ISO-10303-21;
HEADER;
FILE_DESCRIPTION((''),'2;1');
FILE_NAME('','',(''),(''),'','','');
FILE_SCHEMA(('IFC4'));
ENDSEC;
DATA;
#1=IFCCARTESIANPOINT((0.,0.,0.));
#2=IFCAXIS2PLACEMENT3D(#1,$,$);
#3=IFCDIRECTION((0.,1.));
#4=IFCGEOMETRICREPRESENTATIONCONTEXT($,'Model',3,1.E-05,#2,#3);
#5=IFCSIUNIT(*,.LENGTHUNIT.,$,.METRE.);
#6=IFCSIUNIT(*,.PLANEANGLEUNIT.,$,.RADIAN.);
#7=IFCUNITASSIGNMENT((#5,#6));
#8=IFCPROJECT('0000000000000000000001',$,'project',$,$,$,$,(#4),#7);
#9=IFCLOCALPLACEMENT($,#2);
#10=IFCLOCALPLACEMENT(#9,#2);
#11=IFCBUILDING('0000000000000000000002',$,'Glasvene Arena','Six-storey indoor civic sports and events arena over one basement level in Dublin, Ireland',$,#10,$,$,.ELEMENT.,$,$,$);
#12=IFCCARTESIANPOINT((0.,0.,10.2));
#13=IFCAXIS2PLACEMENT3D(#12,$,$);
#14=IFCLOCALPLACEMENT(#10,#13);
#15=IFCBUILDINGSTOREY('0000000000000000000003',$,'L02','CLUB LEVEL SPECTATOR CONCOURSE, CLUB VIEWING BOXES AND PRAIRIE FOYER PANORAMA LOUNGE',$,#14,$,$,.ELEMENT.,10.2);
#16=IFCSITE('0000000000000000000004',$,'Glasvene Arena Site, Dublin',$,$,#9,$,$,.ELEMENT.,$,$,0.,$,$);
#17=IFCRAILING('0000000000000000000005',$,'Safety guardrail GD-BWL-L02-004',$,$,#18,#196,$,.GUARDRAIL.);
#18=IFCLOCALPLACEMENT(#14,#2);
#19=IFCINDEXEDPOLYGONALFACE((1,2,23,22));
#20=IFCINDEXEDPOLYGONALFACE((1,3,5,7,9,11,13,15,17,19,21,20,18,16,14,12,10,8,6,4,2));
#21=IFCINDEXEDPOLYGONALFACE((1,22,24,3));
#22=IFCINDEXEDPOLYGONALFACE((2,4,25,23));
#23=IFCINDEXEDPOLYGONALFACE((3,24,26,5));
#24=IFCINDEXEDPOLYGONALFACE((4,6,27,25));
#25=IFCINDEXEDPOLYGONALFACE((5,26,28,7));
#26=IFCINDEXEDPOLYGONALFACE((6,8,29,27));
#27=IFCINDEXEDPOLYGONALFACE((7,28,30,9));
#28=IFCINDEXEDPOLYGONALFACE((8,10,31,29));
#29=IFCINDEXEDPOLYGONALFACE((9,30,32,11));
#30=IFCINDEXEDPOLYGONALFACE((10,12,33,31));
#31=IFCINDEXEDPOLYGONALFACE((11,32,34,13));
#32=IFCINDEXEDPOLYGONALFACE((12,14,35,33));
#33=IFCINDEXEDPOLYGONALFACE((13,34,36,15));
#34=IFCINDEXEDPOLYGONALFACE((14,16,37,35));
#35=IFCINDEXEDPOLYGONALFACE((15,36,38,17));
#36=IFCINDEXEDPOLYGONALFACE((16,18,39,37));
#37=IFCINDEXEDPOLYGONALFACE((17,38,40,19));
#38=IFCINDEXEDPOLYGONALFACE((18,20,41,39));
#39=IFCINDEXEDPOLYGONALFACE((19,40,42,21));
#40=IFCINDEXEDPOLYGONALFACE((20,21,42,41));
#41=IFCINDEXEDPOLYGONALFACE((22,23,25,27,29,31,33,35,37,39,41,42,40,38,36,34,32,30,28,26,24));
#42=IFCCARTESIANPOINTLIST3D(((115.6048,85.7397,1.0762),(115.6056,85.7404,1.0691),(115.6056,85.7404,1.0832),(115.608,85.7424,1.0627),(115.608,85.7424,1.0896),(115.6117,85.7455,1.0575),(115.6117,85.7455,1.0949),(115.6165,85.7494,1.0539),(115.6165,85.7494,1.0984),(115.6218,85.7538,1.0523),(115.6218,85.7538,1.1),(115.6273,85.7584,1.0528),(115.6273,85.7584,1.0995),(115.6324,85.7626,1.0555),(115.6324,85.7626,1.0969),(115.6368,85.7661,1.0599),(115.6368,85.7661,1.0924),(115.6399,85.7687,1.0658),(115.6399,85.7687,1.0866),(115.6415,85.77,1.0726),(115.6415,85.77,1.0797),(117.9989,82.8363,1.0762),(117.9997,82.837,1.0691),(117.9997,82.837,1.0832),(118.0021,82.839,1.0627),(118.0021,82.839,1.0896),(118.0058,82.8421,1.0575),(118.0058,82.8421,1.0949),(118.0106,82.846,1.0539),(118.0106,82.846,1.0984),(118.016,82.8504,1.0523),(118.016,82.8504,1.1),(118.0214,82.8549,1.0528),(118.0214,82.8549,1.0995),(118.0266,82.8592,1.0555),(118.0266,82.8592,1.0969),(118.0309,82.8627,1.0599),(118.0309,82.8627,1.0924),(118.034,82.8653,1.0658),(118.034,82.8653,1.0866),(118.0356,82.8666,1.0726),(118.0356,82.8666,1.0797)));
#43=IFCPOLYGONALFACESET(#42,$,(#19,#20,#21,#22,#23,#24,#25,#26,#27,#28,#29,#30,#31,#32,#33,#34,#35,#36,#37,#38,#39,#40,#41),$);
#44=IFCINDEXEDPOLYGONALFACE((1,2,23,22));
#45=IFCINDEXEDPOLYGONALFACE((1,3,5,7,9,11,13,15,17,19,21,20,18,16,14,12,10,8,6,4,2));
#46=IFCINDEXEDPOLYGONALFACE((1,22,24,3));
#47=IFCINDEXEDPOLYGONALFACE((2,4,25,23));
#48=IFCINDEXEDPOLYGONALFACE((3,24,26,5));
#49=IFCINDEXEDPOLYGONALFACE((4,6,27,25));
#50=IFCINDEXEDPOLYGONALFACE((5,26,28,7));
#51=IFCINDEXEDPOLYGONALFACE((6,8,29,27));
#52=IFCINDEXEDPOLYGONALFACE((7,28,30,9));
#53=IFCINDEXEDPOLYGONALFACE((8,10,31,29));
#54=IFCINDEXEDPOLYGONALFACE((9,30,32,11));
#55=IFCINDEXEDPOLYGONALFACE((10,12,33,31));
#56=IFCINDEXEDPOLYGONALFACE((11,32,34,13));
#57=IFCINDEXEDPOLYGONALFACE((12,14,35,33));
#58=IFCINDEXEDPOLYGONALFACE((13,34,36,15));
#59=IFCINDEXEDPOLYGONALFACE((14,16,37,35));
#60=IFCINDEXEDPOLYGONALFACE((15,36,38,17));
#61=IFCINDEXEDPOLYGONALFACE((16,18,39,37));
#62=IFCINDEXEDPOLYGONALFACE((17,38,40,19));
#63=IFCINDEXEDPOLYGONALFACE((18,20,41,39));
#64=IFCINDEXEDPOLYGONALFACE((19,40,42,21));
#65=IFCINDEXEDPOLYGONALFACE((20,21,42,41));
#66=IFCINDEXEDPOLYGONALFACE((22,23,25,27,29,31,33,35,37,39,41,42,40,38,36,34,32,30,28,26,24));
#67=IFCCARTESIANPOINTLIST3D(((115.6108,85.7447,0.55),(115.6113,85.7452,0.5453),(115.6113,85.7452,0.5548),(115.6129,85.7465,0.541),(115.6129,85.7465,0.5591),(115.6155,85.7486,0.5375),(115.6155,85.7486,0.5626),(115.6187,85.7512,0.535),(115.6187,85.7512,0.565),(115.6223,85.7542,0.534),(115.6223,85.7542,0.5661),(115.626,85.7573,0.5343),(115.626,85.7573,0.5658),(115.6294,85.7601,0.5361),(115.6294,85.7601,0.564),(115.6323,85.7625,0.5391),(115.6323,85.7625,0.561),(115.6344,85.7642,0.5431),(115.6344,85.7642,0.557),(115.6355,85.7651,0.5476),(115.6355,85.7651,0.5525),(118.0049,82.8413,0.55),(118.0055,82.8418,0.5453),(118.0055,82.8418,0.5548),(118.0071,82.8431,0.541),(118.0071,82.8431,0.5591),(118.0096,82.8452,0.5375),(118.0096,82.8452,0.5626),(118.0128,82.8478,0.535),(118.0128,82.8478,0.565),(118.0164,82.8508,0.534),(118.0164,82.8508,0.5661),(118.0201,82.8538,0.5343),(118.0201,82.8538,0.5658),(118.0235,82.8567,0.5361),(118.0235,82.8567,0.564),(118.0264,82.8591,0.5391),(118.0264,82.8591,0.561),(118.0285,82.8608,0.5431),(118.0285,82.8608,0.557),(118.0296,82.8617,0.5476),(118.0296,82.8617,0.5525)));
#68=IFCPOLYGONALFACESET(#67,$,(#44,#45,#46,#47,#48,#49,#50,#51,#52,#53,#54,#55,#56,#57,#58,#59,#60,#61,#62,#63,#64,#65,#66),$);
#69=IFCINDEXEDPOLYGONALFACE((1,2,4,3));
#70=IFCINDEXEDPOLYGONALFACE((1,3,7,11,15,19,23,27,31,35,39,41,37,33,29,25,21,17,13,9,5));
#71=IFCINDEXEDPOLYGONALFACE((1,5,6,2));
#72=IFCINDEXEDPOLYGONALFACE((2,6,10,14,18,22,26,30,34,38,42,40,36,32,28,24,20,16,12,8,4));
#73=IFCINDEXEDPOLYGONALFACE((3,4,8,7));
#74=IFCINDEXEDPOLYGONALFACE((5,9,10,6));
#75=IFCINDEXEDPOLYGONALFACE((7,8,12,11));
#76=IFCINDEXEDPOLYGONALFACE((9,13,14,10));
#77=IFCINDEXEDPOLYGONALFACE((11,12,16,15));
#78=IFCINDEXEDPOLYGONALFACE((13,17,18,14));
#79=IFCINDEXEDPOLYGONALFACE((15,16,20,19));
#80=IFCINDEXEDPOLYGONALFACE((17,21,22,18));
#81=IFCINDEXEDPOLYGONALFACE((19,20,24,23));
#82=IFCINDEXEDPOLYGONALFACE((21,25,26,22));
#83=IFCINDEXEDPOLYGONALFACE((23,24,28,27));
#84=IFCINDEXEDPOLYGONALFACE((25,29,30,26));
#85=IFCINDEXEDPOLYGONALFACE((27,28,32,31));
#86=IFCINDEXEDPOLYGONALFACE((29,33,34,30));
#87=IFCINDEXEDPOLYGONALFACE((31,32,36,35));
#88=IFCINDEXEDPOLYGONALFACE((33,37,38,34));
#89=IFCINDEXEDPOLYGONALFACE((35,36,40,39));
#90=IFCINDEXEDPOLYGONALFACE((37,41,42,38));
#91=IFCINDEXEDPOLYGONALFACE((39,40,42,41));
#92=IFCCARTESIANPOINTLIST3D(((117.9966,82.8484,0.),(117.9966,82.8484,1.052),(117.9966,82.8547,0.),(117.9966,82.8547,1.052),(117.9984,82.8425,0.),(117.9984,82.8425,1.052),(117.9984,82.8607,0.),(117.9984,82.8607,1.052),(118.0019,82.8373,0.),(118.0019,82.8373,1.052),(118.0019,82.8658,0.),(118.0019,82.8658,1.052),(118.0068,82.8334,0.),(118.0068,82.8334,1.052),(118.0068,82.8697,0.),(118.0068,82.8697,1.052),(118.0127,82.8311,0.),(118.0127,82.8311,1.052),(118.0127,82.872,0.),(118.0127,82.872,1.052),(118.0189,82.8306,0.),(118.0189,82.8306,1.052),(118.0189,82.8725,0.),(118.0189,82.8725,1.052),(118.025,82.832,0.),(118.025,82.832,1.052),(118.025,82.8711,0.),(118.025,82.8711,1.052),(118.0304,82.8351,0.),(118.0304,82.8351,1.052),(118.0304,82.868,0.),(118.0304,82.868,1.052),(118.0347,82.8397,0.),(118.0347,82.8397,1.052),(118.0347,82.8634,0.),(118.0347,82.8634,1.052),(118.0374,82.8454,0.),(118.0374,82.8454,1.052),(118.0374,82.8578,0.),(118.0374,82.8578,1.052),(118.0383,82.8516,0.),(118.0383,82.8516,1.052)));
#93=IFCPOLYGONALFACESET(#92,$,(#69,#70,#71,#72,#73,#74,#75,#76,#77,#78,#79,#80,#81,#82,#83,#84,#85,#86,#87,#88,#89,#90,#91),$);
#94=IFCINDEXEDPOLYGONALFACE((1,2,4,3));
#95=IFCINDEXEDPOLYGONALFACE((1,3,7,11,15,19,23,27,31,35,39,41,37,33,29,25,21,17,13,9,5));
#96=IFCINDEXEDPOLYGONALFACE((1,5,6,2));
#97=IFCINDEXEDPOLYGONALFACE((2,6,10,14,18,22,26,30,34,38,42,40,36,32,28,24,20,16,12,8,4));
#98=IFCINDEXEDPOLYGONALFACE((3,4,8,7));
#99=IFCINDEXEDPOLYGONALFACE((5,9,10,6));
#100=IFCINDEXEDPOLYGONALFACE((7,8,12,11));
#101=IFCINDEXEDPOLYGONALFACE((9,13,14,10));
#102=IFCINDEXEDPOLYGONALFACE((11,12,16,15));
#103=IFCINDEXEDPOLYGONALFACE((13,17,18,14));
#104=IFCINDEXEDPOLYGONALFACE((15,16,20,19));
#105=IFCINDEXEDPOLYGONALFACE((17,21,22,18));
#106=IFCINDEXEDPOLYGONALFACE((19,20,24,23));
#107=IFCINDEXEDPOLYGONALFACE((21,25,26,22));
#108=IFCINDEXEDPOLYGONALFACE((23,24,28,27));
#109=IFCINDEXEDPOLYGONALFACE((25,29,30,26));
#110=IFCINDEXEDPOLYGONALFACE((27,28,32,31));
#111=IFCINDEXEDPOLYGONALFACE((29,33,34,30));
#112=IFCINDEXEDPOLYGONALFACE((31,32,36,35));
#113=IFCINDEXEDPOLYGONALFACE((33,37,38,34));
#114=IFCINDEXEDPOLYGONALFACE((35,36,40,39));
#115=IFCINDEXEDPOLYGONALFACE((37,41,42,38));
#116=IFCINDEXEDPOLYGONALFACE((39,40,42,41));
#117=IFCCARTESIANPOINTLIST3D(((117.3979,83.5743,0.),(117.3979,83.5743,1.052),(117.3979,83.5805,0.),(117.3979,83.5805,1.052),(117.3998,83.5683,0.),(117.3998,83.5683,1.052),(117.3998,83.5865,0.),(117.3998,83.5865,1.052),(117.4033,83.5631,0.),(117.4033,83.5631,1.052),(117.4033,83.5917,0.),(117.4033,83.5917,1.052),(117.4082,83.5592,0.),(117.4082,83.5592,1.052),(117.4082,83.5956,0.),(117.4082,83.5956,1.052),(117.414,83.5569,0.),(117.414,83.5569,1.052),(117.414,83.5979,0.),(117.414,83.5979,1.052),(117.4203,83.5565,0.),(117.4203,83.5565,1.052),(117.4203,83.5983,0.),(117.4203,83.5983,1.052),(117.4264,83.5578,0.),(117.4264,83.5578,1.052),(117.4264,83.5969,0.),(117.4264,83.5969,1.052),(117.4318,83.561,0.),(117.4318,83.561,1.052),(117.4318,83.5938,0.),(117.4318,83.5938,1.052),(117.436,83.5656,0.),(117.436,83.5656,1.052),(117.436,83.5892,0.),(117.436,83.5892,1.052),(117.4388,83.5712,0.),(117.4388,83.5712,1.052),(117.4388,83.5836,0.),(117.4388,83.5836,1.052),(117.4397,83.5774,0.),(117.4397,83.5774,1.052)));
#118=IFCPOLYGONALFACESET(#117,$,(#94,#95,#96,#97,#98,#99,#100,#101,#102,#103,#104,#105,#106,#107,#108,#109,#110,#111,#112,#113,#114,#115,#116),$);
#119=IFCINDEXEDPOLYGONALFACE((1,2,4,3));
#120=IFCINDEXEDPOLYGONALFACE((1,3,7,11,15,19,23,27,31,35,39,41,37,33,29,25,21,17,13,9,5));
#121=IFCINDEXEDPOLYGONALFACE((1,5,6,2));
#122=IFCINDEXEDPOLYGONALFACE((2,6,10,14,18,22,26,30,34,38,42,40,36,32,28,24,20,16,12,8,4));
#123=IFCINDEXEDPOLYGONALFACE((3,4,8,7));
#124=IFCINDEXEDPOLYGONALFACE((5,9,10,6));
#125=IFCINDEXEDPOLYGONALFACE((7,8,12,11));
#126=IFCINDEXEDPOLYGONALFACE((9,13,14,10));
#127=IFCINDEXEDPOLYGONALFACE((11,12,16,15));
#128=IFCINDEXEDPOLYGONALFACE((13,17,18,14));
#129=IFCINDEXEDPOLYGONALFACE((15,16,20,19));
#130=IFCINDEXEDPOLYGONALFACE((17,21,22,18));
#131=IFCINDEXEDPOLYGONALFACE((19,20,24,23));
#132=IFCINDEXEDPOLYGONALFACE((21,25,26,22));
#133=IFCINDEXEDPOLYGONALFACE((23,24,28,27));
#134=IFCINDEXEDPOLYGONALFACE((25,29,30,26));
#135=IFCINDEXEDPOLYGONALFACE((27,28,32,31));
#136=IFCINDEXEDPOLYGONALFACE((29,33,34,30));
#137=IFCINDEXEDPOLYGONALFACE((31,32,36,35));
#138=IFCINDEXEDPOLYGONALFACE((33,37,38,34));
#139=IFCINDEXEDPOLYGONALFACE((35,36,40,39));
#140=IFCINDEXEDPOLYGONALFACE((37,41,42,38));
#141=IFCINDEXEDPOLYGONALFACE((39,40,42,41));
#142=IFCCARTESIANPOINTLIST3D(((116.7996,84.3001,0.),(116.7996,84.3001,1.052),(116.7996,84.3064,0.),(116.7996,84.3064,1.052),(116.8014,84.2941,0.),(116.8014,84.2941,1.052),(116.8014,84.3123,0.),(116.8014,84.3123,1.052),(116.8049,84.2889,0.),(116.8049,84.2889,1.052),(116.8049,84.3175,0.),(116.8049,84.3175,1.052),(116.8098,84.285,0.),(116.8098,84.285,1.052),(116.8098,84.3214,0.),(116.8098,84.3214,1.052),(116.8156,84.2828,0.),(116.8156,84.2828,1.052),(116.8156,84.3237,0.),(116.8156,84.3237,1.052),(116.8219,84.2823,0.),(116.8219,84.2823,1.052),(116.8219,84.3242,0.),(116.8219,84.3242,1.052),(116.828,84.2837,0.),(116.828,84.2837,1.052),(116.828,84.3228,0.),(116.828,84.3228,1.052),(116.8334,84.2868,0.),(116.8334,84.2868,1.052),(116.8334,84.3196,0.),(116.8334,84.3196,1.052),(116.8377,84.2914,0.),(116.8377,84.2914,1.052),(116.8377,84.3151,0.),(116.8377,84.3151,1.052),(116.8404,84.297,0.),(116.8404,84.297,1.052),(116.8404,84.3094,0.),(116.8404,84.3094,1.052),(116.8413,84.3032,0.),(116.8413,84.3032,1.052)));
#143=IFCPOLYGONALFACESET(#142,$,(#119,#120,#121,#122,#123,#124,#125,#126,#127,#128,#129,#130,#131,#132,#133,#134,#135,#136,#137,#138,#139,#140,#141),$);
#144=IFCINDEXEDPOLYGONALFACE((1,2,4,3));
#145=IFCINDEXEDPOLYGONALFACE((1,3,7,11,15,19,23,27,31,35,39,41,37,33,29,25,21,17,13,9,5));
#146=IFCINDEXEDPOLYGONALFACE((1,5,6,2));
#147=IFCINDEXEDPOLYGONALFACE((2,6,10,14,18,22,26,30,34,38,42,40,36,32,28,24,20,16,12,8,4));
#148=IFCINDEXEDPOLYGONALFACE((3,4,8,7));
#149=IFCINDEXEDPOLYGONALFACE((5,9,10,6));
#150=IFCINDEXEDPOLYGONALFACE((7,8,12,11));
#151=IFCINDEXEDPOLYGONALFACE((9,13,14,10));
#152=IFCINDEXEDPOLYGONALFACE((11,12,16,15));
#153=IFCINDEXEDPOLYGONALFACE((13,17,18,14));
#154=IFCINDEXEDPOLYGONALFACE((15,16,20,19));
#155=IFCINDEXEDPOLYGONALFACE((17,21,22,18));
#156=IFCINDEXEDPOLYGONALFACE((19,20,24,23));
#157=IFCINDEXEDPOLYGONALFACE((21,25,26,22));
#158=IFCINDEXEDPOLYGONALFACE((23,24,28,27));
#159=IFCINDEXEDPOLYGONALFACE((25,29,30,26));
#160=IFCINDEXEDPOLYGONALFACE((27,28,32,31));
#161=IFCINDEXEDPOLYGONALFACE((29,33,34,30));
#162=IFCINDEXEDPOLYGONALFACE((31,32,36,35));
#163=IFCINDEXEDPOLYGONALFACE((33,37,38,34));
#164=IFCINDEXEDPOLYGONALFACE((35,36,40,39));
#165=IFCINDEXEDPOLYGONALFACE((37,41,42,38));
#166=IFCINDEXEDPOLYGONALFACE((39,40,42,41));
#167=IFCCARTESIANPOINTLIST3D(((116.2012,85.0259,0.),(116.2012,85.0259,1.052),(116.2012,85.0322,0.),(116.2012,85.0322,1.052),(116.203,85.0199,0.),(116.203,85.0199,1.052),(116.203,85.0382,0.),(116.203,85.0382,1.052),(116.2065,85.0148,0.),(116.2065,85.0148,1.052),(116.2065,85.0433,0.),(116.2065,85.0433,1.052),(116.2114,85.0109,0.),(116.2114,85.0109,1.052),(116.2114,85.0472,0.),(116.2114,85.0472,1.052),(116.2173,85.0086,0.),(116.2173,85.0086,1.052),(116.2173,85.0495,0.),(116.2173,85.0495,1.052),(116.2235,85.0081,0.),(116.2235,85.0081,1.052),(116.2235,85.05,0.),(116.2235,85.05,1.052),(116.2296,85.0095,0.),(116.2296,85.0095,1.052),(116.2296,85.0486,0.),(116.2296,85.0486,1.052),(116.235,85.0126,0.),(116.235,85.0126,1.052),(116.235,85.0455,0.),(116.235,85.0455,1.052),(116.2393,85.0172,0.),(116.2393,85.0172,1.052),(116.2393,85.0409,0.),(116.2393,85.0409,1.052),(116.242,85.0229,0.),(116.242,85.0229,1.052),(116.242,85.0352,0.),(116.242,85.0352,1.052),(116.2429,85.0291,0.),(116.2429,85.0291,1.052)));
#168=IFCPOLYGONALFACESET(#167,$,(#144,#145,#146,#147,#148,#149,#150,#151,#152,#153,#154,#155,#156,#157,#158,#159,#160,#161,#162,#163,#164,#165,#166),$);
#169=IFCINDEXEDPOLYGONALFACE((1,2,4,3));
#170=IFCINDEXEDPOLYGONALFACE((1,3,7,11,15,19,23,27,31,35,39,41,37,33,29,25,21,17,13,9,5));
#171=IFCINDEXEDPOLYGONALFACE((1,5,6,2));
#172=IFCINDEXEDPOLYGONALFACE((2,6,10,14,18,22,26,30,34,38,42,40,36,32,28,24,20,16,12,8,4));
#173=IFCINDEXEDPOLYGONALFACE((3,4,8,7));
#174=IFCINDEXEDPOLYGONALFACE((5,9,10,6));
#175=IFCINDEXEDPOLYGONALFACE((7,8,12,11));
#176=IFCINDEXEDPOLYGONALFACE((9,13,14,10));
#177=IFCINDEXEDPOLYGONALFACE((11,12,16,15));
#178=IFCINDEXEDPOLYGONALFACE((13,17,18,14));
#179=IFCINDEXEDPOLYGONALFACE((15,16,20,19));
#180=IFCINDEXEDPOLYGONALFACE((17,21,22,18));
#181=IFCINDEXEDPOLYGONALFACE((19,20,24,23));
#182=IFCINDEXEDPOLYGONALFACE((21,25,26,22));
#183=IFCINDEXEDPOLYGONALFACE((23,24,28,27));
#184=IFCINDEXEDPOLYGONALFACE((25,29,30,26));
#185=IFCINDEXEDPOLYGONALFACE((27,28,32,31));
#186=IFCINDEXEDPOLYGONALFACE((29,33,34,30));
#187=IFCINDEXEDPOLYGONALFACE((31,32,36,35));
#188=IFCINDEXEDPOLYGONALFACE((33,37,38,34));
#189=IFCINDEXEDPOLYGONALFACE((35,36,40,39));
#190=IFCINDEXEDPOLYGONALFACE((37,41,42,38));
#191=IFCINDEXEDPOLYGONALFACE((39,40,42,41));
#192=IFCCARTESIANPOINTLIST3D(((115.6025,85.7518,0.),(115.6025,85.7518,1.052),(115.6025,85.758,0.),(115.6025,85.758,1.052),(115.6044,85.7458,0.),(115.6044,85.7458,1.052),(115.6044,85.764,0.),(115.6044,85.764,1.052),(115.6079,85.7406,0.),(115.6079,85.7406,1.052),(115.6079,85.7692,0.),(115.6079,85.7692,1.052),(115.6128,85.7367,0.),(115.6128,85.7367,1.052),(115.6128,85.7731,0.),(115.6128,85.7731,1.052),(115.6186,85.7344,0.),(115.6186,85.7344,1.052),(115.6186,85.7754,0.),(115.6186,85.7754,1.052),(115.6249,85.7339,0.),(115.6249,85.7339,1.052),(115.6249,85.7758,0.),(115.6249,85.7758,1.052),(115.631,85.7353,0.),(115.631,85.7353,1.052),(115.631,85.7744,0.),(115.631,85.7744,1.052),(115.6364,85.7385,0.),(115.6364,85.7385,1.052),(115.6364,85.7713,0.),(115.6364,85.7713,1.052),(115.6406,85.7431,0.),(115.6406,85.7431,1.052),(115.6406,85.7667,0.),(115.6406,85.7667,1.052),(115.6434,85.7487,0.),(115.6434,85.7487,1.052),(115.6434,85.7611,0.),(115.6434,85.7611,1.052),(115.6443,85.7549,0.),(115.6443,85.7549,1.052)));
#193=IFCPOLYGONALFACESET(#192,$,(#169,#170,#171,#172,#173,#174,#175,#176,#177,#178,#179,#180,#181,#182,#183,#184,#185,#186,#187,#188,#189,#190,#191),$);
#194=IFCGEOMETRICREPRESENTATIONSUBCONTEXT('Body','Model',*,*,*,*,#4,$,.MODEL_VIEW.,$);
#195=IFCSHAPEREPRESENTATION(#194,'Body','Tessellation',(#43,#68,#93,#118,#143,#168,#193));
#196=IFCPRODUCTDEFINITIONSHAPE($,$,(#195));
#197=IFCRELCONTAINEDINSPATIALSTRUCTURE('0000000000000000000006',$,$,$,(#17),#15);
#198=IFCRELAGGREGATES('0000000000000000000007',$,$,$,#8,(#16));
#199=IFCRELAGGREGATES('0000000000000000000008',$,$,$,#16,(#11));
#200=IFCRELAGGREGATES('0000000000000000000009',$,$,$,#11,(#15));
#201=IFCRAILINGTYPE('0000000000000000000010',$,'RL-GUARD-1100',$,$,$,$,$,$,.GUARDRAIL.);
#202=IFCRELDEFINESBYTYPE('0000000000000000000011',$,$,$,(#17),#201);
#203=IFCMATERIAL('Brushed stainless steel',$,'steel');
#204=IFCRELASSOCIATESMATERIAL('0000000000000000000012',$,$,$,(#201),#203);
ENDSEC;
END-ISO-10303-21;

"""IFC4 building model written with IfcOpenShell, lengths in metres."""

from ifc_helpers import new_model, si_unit, direction, frame, origin, origin_2d, place, context, subcontext, project, spatial, circle, extrude, material, type_object, element, save


model = new_model("IFC4")

# Units and contexts
model_context = context("Model", 3, precision=1e-05, world=origin(), true_north=direction((0.0, 1.0)))
body_context = subcontext(model_context, "Body", "Model", "MODEL_VIEW")
ifc_project = project(units=[si_unit("LENGTHUNIT", "METRE"), si_unit("PLANEANGLEUNIT", "RADIAN")], contexts=[model_context])

# Site, building, storey
site_placement = place(None, origin())
site = spatial("IfcSite", under=ifc_project, at=site_placement, Name="Glasvene Arena Site, Dublin", CompositionType="ELEMENT", RefElevation=0.0)
building_placement = place(site_placement, origin())
building = spatial("IfcBuilding", under=site, at=building_placement, Name="Glasvene Arena", Description="Six-storey indoor civic sports and events arena over one basement level in Dublin, Ireland", CompositionType="ELEMENT")
storey_placement = place(building_placement, frame((0.0, 0.0, 10.2)))
storey = spatial("IfcBuildingStorey", under=building, at=storey_placement, Name="L02", Description="CLUB LEVEL SPECTATOR CONCOURSE, CLUB VIEWING BOXES AND PRAIRIE FOYER PANORAMA LOUNGE", CompositionType="ELEMENT", Elevation=10.2)

# Railing
ifc_material_1 = material(Name="Brushed stainless steel", Category="steel")
railing_type_1 = type_object("IfcRailingType", Name="RL-GUARD-1100", PredefinedType="GUARDRAIL", material=ifc_material_1)
railing_1_placement = place(storey_placement, frame((118.0173, 82.8516, 0.0)))
element("IfcRailing", 1, at=railing_1_placement, inside=storey, type_object=railing_type_1, Name="Safety guardrail GD-BWL-L02-004", PredefinedType="GUARDRAIL", context=body_context, shape_type="SweptSolid", body=[
    extrude(circle(Radius=0.0239, at=origin_2d()), frame((0.0, 0.0, 1.0762), z_axis=(-0.636194, 0.771529, 0.0), x_axis=(-0.771529, -0.636194, 0.0)), (0.0, 0.0, 1.0), 3.7632),
    extrude(circle(Radius=0.0161, at=origin_2d()), frame((0.0, 0.0, 0.55), z_axis=(-0.636194, 0.771529, 0.0), x_axis=(-0.771529, -0.636194, 0.0)), (0.0, 0.0, 1.0), 3.7632),
    extrude(circle(Radius=0.021, at=origin_2d()), origin(), (0.0, 0.0, 1.0), 1.052),
    extrude(circle(Radius=0.021, at=origin_2d()), frame((-0.5986, 0.7258, 0.0)), (0.0, 0.0, 1.0), 1.052),
    extrude(circle(Radius=0.021, at=origin_2d()), frame((-1.197, 1.4517, 0.0)), (0.0, 0.0, 1.0), 1.052),
    extrude(circle(Radius=0.021, at=origin_2d()), frame((-1.7954, 2.1775, 0.0)), (0.0, 0.0, 1.0), 1.052),
    extrude(circle(Radius=0.021, at=origin_2d()), frame((-2.394, 2.9033, 0.0)), (0.0, 0.0, 1.0), 1.052),
])

save(model, "model.ifc")
